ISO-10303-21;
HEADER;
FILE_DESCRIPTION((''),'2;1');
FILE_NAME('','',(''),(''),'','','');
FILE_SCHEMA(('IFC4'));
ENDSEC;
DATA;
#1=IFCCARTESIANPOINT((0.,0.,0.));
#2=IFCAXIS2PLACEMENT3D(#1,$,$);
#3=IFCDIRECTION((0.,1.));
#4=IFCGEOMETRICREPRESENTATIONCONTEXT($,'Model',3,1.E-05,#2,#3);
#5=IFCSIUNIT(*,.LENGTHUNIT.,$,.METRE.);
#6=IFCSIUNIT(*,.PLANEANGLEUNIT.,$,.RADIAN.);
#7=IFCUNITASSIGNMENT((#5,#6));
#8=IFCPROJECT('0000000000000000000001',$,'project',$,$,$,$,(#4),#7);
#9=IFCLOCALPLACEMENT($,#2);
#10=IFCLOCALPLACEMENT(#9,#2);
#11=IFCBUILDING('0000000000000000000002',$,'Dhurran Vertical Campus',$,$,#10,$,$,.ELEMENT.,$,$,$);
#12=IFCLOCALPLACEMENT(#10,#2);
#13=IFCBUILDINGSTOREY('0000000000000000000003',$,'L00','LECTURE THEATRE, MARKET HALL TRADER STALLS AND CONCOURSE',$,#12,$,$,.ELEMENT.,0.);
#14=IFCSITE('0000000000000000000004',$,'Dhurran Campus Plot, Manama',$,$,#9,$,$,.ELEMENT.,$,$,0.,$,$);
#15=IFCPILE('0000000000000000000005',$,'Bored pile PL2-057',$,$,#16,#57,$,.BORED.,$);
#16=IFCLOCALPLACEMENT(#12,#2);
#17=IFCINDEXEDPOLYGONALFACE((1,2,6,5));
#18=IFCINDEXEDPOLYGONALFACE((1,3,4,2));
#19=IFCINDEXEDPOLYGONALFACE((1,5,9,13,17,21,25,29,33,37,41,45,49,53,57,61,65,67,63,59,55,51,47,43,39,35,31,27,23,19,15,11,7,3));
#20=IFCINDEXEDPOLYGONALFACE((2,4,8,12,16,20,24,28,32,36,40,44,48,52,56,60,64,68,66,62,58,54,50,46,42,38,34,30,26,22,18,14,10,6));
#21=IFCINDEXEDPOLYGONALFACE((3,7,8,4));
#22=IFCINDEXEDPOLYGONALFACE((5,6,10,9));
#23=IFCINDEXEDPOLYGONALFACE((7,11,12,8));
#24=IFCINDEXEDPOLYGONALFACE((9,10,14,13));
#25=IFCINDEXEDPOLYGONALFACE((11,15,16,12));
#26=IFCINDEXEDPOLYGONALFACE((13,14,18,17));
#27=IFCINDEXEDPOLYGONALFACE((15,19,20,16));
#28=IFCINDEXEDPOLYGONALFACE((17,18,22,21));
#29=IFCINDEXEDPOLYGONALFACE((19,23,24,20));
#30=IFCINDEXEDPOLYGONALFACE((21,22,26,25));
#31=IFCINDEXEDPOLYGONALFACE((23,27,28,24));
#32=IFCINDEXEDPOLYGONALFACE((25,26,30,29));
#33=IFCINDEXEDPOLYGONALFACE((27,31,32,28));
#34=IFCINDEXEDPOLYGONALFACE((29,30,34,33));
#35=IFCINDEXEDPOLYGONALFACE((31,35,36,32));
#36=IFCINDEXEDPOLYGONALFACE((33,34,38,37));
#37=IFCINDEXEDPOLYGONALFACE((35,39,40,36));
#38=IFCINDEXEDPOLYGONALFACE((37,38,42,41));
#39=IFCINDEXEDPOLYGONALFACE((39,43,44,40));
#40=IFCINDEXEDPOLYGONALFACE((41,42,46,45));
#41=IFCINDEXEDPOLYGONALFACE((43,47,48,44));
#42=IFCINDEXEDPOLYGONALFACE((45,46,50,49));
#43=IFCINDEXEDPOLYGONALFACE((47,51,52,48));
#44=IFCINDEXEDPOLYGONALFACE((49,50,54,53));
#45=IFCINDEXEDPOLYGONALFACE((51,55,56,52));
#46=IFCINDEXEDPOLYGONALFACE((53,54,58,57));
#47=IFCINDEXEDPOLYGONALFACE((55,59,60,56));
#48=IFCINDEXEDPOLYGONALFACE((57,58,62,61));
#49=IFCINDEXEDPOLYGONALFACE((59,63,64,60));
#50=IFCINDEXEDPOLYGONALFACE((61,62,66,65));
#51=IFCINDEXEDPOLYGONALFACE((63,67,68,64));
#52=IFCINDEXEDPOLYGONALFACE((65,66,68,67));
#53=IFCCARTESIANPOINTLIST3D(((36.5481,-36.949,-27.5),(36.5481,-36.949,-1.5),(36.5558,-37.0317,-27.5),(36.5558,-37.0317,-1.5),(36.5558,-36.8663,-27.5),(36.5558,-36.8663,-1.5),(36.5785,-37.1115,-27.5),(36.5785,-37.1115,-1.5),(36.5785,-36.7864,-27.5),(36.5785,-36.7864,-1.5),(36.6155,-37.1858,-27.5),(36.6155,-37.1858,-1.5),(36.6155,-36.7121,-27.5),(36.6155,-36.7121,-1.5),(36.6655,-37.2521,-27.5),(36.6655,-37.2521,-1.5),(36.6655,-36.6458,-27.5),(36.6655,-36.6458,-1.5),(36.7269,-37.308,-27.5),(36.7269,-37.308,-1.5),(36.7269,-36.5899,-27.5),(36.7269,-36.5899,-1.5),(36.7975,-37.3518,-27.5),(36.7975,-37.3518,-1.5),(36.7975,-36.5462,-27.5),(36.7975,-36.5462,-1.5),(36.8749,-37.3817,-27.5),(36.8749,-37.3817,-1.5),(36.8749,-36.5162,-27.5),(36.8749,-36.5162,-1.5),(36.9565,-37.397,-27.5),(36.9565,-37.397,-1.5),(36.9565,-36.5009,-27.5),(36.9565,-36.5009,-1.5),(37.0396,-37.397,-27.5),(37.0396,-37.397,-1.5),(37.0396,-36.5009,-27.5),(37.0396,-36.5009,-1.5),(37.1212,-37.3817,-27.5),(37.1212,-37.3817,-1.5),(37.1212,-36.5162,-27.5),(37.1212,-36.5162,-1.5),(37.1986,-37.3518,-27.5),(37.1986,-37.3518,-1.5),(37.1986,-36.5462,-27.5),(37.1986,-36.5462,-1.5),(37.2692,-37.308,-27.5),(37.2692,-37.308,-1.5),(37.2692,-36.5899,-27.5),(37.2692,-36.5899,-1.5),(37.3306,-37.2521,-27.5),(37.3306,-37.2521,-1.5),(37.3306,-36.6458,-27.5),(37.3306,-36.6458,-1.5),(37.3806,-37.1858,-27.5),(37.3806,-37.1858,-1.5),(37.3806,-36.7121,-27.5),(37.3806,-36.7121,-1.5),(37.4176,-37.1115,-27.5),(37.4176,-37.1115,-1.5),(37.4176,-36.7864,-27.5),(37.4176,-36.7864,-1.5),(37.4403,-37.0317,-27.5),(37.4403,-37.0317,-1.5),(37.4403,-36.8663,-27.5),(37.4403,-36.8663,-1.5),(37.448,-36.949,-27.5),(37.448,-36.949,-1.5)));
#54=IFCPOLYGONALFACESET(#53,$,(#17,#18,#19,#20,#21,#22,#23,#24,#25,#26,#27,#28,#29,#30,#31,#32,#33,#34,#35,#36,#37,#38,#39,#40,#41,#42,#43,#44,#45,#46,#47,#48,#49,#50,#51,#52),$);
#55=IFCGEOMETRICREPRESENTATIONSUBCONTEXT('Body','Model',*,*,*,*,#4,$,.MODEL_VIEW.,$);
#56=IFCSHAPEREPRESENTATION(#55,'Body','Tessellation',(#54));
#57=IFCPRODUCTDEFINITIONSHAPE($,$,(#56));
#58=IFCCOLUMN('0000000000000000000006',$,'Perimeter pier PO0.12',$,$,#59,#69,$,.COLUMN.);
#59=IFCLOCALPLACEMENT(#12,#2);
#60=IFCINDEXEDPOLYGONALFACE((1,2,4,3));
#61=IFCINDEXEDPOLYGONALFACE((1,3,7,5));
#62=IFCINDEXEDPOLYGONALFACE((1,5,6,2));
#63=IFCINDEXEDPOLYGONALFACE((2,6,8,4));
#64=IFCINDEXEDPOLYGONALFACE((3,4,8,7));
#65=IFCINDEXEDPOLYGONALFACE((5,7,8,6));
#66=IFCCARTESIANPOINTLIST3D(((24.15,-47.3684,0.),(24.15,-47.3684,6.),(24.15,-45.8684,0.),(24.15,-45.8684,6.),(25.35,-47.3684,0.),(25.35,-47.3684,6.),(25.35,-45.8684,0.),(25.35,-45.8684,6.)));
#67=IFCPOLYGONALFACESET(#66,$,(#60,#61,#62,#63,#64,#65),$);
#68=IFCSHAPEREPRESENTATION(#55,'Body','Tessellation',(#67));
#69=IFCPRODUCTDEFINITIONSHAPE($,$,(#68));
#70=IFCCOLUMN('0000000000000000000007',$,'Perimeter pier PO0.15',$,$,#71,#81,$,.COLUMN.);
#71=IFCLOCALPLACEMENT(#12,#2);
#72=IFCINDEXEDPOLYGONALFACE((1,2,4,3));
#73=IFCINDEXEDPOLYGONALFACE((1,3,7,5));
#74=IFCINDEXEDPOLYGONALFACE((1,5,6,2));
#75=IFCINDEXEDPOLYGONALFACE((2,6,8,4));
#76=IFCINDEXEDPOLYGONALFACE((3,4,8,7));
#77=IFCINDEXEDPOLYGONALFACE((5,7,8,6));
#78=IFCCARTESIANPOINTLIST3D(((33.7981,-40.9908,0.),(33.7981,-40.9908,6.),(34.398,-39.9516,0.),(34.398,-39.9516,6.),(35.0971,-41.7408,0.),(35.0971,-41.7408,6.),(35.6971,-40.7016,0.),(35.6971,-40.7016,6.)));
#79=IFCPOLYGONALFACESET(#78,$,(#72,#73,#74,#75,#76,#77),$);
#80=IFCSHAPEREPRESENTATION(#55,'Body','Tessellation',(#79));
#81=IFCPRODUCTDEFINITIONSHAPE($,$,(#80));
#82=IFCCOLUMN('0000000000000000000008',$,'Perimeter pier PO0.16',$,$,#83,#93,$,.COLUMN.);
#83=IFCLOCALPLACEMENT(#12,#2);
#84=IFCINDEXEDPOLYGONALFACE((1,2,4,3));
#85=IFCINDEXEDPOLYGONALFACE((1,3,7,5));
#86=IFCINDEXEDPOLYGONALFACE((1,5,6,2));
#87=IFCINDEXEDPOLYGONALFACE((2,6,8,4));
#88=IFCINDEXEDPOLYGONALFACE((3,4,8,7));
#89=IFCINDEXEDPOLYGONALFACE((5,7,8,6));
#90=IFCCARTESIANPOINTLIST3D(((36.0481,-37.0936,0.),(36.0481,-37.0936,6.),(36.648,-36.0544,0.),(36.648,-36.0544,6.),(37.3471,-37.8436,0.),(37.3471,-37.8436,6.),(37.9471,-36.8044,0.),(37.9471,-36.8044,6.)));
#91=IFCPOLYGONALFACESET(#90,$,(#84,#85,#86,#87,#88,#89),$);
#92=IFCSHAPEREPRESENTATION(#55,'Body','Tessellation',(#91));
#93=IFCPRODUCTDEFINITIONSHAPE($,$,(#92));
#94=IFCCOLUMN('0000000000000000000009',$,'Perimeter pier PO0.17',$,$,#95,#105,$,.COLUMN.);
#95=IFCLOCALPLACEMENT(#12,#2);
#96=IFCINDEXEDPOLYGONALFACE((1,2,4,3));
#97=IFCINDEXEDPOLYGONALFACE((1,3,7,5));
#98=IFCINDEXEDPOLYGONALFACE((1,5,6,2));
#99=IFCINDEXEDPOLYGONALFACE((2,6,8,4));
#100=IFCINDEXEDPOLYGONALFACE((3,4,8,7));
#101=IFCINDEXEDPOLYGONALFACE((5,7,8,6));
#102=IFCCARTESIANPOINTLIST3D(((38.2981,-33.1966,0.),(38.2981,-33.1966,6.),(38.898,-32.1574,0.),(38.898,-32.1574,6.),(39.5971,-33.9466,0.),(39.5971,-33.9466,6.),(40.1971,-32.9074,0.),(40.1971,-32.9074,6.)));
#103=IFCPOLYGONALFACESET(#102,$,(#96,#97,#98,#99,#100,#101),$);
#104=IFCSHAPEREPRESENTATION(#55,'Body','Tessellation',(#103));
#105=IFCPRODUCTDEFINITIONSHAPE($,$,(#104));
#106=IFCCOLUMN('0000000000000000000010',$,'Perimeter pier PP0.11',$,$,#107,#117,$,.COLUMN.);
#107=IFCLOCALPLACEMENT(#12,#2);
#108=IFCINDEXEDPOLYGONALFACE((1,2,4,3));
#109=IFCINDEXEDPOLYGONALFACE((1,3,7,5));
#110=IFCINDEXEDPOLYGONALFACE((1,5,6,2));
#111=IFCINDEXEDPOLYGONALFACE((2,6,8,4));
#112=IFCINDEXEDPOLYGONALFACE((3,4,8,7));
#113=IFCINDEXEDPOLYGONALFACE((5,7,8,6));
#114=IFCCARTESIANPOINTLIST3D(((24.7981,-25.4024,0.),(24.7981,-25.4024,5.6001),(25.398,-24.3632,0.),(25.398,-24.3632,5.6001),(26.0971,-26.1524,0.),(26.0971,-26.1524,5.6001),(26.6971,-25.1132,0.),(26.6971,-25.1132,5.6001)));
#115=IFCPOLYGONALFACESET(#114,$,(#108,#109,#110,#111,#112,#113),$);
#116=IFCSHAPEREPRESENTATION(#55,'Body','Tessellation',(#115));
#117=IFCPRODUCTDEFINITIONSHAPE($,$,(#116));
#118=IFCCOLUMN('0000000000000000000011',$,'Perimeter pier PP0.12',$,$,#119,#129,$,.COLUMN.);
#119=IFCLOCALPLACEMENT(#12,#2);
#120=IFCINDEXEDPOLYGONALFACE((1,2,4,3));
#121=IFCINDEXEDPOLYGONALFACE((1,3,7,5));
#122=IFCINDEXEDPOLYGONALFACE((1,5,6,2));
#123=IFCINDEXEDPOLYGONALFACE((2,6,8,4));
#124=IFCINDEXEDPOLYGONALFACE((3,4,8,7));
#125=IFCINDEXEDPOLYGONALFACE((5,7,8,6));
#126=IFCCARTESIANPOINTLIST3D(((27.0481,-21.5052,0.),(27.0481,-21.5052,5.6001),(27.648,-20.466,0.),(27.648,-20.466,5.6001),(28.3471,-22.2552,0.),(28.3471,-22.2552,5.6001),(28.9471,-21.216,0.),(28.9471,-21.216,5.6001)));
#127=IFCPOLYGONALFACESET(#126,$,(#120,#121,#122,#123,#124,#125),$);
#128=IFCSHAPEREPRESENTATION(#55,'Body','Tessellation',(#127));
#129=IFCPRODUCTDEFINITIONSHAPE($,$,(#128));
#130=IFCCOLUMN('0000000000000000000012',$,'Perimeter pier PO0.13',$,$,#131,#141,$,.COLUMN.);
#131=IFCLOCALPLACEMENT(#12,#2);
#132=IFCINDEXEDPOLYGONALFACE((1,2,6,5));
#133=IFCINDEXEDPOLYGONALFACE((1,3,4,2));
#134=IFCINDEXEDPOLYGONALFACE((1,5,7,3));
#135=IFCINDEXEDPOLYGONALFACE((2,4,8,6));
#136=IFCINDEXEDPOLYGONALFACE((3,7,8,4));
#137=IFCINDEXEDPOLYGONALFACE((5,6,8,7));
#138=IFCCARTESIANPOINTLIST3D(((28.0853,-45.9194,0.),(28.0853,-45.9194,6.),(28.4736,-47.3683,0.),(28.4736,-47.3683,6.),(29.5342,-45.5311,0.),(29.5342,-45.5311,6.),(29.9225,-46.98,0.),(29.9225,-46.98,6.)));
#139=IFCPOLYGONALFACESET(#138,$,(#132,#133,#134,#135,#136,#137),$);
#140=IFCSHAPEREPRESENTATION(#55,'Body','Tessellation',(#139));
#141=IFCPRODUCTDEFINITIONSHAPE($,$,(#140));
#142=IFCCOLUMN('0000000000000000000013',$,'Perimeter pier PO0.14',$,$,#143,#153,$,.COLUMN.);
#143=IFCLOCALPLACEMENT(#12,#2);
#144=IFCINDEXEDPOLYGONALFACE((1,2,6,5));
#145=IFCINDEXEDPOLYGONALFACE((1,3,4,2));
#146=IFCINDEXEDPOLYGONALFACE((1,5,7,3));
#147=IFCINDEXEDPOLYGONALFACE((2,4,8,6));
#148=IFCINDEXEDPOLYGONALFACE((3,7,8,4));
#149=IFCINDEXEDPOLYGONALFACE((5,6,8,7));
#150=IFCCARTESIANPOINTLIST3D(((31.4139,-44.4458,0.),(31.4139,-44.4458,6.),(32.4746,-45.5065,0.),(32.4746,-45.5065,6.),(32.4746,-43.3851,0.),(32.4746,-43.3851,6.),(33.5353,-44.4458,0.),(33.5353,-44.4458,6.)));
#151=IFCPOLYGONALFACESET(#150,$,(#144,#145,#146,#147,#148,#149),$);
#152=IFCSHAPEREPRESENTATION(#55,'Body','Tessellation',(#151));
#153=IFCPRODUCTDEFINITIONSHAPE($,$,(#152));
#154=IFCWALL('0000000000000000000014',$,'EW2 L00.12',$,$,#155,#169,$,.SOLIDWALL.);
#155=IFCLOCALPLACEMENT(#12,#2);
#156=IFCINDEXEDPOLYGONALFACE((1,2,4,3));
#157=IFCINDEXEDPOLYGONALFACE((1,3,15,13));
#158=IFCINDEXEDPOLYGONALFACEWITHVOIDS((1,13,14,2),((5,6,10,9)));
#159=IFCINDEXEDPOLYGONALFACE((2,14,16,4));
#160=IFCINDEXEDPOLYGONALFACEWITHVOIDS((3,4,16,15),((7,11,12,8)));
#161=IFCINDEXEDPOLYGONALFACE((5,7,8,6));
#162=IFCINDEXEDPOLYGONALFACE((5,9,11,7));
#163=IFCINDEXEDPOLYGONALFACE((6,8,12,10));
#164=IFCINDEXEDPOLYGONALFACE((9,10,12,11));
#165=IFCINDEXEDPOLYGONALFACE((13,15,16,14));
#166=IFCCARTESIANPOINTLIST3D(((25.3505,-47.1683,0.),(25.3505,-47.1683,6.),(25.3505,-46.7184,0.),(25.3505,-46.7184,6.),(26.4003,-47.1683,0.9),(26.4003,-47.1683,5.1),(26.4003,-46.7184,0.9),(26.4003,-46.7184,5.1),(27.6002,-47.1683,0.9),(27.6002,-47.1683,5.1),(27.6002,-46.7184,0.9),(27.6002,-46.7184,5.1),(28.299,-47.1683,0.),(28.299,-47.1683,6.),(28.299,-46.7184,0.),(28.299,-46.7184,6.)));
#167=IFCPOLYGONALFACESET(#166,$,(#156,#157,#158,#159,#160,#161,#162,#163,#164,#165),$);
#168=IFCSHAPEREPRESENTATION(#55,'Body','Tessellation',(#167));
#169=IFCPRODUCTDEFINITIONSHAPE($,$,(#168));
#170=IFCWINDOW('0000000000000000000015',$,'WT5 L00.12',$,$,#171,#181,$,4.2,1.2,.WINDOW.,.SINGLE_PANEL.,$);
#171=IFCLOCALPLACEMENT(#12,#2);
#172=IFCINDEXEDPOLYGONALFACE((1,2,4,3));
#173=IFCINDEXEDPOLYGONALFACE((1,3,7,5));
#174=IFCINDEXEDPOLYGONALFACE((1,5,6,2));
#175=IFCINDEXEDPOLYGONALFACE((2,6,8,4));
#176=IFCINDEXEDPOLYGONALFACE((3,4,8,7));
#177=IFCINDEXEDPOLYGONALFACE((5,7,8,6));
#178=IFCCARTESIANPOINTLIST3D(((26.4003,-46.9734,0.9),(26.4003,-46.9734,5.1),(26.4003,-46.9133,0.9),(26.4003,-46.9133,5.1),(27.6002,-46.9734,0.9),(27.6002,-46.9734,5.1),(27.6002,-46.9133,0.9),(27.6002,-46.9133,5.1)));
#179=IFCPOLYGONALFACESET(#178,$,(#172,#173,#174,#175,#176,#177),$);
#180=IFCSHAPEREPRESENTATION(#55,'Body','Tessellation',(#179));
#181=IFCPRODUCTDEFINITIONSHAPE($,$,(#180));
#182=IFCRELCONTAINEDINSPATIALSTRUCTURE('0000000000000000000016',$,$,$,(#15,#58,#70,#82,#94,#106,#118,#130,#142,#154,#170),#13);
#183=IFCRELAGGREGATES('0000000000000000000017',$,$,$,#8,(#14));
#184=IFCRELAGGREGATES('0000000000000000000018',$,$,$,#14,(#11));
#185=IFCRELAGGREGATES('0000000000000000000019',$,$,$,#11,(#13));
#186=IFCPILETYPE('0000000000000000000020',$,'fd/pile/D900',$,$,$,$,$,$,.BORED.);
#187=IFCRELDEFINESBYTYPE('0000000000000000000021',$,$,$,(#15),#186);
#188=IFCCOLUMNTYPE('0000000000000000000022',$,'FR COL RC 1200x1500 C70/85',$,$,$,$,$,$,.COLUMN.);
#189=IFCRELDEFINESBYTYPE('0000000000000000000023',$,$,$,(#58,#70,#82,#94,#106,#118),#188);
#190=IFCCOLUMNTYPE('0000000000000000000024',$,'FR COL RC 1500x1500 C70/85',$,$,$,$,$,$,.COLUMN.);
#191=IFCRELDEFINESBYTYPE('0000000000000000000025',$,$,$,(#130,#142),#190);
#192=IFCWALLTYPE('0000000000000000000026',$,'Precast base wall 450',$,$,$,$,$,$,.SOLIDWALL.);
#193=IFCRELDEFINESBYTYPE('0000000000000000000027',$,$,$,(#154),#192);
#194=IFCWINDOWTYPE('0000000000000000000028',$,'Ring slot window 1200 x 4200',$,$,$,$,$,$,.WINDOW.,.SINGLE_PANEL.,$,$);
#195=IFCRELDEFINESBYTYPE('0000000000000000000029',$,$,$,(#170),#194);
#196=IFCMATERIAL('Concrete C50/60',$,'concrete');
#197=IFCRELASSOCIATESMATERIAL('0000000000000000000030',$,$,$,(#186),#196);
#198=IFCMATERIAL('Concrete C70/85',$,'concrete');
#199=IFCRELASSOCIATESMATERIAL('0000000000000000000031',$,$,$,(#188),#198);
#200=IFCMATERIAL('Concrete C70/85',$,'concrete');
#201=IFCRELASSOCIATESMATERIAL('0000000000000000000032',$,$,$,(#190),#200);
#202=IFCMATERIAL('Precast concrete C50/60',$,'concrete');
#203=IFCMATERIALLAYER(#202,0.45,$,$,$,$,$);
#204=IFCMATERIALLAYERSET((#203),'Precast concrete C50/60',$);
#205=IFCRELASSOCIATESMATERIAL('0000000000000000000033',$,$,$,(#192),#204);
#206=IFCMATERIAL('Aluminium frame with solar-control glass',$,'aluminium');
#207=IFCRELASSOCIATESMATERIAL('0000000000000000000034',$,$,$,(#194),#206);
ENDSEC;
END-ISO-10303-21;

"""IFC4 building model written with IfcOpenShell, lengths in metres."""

from ifc_helpers import new_model, si_unit, direction, frame, frame_2d, origin, origin_2d, place, context, subcontext, project, spatial, rectangle, circle, extrude, material, layer, layer_set, material_profile, profile_set, type_object, element, fill, save


model = new_model("IFC4")

# Units and contexts
model_context = context("Model", 3, precision=1e-05, world=origin(), true_north=direction((0.0, 1.0)))
body_context = subcontext(model_context, "Body", "Model", "MODEL_VIEW")
ifc_project = project(units=[si_unit("LENGTHUNIT", "METRE"), si_unit("PLANEANGLEUNIT", "RADIAN")], contexts=[model_context])

# Site, building, storey
site_placement = place(None, origin())
site = spatial("IfcSite", under=ifc_project, at=site_placement, Name="Dhurran Campus Plot, Manama", CompositionType="ELEMENT", RefElevation=0.0)
building_placement = place(site_placement, origin())
building = spatial("IfcBuilding", under=site, at=building_placement, Name="Dhurran Vertical Campus", CompositionType="ELEMENT")
storey_placement = place(building_placement, origin())
storey = spatial("IfcBuildingStorey", under=building, at=storey_placement, Name="L00", Description="LECTURE THEATRE, MARKET HALL TRADER STALLS AND CONCOURSE", CompositionType="ELEMENT", Elevation=0.0)

# Pile
ifc_material_1 = material(Name="Concrete C50/60", Category="concrete")
ifc_material_profile_1 = material_profile(ifc_material_1, circle(Radius=0.45, at=origin_2d()), Name="fd/pile/D900")
ifc_profile_set_1 = profile_set([ifc_material_profile_1], Name="Concrete C50/60")
pile_type = type_object("IfcPileType", Name="fd/pile/D900", PredefinedType="BORED", material=ifc_profile_set_1)
for number, where, z_axis, x_axis, name in (
    (1, (36.998, -36.949, -1.5), (0.0, 0.0, -1.0), (1.0, 0.0, 0.0), "Bored pile PL2-057"),
):
    element("IfcPile", number, at=place(storey_placement, frame(where, z_axis=z_axis, x_axis=x_axis)), inside=storey, type_object=pile_type, Name=name, PredefinedType="BORED", context=body_context, shape_type="SweptSolid", body=[
        extrude(circle(Radius=0.45, at=origin_2d()), origin(), (0.0, 0.0, 1.0), 26.0),
    ])

# Columns
ifc_material_2 = material(Name="Concrete C70/85", Category="concrete")
ifc_material_profile_2 = material_profile(ifc_material_2, rectangle(XDim=1.2, YDim=1.5, at=origin_2d()), Name="RC 1200x1500")
ifc_profile_set_2 = profile_set([ifc_material_profile_2], Name="Concrete C70/85")
column_type_1 = type_object("IfcColumnType", Name="FR COL RC 1200x1500 C70/85", PredefinedType="COLUMN", material=ifc_profile_set_2)
for number, where, z_axis, x_axis, name in (
    (2, (24.75, -46.6184, 0.0), (0.0, 0.0, 1.0), (1.0, 0.0, 0.0), "Perimeter pier PO0.12"),
    (3, (34.7476, -40.8462, 0.0), (0.0, 0.0, 1.0), (0.5, 0.866025, 0.0), "Perimeter pier PO0.15"),
    (4, (36.9976, -36.949, 0.0), (0.0, 0.0, 1.0), (0.5, 0.866025, 0.0), "Perimeter pier PO0.16"),
    (5, (39.2476, -33.052, 0.0), (0.0, 0.0, 1.0), (0.5, 0.866025, 0.0), "Perimeter pier PO0.17"),
):
    element("IfcColumn", number, at=place(storey_placement, frame(where, z_axis=z_axis, x_axis=x_axis)), inside=storey, type_object=column_type_1, Name=name, PredefinedType="COLUMN", context=body_context, shape_type="SweptSolid", body=[
        extrude(rectangle(XDim=1.2, YDim=1.5, at=origin_2d()), origin(), (0.0, 0.0, 1.0), 6.0),
    ])
for number, where, z_axis, x_axis, name in (
    (6, (25.7476, -25.2578, 0.0), (0.0, 0.0, 1.0), (0.5, 0.866025, 0.0), "Perimeter pier PP0.11"),
    (7, (27.9976, -21.3606, 0.0), (0.0, 0.0, 1.0), (0.5, 0.866025, 0.0), "Perimeter pier PP0.12"),
):
    element("IfcColumn", number, at=place(storey_placement, frame(where, z_axis=z_axis, x_axis=x_axis)), inside=storey, type_object=column_type_1, Name=name, PredefinedType="COLUMN", context=body_context, shape_type="SweptSolid", body=[
        extrude(rectangle(XDim=1.2, YDim=1.5, at=origin_2d()), origin(), (0.0, 0.0, 1.0), 5.6001),
    ])
ifc_material_3 = material(Name="Concrete C70/85", Category="concrete")
ifc_material_profile_3 = material_profile(ifc_material_3, rectangle(XDim=1.5, YDim=1.5, at=origin_2d()), Name="RC 1500x1500")
ifc_profile_set_3 = profile_set([ifc_material_profile_3], Name="Concrete C70/85")
column_type_2 = type_object("IfcColumnType", Name="FR COL RC 1500x1500 C70/85", PredefinedType="COLUMN", material=ifc_profile_set_3)
for number, where, z_axis, x_axis, name in (
    (8, (29.0039, -46.4497, 0.0), (0.0, 0.0, 1.0), (0.965926, 0.258819, 0.0), "Perimeter pier PO0.13"),
    (9, (32.4746, -44.4458, 0.0), (0.0, 0.0, 1.0), (0.707107, 0.707107, 0.0), "Perimeter pier PO0.14"),
):
    element("IfcColumn", number, at=place(storey_placement, frame(where, z_axis=z_axis, x_axis=x_axis)), inside=storey, type_object=column_type_2, Name=name, PredefinedType="COLUMN", context=body_context, shape_type="SweptSolid", body=[
        extrude(rectangle(XDim=1.5, YDim=1.5, at=origin_2d()), origin(), (0.0, 0.0, 1.0), 6.0),
    ])

# Wall, opening, window
ifc_material_4 = material(Name="Precast concrete C50/60", Category="concrete")
ifc_layer_1 = layer(ifc_material_4, 0.45)
ifc_layer_set_1 = layer_set([ifc_layer_1], Name="Precast concrete C50/60")
wall_type_1 = type_object("IfcWallType", Name="Precast base wall 450", PredefinedType="SOLIDWALL", material=ifc_layer_set_1)
wall_1_placement = place(storey_placement, frame((25.3506, -46.9434, 0.0), z_axis=(0.0, 0.0, 1.0), x_axis=(1.0, 0.0, 0.0)))
wall_1 = element("IfcWall", 10, at=wall_1_placement, inside=storey, type_object=wall_type_1, Name="EW2 L00.12", PredefinedType="SOLIDWALL", context=body_context, shape_type="SweptSolid", body=[
    extrude(rectangle(XDim=2.9485, YDim=0.45, at=frame_2d((1.4741, 0.0))), origin(), (0.0, 0.0, 1.0), 6.0),
])
opening_1_placement = place(wall_1_placement, frame((1.0496, 0.0, 0.8999)))
opening_1 = element("IfcOpeningElement", 11, at=opening_1_placement, cuts=wall_1, PredefinedType="OPENING", context=body_context, shape_type="SweptSolid", body=[
    extrude(rectangle(XDim=1.2, YDim=4.2, at=frame_2d((0.6001, 2.1001))), frame((0.0, 0.2349, 0.0), z_axis=(0.0, -1.0, 0.0), x_axis=(1.0, 0.0, 0.0)), (0.0, 0.0, 1.0), 0.47),
])
ifc_material_5 = material(Name="Aluminium frame with solar-control glass", Category="aluminium")
window_type = type_object("IfcWindowType", Name="Ring slot window 1200 x 4200", PartitioningType="SINGLE_PANEL", PredefinedType="WINDOW", material=ifc_material_5)
window_1_placement = place(opening_1_placement, origin())
window_1 = element("IfcWindow", 12, at=window_1_placement, inside=storey, type_object=window_type, Name="WT5 L00.12", OverallHeight=4.2, OverallWidth=1.2, PartitioningType="SINGLE_PANEL", PredefinedType="WINDOW", context=body_context, shape_type="SweptSolid", body=[
    extrude(rectangle(XDim=1.2, YDim=4.2, at=frame_2d((0.6001, 2.1001))), frame((0.0, 0.03, 0.0), z_axis=(0.0, -1.0, 0.0), x_axis=(1.0, 0.0, 0.0)), (0.0, 0.0, 1.0), 0.0601),
])
fill(opening_1, window_1)

save(model, "model.ifc")
